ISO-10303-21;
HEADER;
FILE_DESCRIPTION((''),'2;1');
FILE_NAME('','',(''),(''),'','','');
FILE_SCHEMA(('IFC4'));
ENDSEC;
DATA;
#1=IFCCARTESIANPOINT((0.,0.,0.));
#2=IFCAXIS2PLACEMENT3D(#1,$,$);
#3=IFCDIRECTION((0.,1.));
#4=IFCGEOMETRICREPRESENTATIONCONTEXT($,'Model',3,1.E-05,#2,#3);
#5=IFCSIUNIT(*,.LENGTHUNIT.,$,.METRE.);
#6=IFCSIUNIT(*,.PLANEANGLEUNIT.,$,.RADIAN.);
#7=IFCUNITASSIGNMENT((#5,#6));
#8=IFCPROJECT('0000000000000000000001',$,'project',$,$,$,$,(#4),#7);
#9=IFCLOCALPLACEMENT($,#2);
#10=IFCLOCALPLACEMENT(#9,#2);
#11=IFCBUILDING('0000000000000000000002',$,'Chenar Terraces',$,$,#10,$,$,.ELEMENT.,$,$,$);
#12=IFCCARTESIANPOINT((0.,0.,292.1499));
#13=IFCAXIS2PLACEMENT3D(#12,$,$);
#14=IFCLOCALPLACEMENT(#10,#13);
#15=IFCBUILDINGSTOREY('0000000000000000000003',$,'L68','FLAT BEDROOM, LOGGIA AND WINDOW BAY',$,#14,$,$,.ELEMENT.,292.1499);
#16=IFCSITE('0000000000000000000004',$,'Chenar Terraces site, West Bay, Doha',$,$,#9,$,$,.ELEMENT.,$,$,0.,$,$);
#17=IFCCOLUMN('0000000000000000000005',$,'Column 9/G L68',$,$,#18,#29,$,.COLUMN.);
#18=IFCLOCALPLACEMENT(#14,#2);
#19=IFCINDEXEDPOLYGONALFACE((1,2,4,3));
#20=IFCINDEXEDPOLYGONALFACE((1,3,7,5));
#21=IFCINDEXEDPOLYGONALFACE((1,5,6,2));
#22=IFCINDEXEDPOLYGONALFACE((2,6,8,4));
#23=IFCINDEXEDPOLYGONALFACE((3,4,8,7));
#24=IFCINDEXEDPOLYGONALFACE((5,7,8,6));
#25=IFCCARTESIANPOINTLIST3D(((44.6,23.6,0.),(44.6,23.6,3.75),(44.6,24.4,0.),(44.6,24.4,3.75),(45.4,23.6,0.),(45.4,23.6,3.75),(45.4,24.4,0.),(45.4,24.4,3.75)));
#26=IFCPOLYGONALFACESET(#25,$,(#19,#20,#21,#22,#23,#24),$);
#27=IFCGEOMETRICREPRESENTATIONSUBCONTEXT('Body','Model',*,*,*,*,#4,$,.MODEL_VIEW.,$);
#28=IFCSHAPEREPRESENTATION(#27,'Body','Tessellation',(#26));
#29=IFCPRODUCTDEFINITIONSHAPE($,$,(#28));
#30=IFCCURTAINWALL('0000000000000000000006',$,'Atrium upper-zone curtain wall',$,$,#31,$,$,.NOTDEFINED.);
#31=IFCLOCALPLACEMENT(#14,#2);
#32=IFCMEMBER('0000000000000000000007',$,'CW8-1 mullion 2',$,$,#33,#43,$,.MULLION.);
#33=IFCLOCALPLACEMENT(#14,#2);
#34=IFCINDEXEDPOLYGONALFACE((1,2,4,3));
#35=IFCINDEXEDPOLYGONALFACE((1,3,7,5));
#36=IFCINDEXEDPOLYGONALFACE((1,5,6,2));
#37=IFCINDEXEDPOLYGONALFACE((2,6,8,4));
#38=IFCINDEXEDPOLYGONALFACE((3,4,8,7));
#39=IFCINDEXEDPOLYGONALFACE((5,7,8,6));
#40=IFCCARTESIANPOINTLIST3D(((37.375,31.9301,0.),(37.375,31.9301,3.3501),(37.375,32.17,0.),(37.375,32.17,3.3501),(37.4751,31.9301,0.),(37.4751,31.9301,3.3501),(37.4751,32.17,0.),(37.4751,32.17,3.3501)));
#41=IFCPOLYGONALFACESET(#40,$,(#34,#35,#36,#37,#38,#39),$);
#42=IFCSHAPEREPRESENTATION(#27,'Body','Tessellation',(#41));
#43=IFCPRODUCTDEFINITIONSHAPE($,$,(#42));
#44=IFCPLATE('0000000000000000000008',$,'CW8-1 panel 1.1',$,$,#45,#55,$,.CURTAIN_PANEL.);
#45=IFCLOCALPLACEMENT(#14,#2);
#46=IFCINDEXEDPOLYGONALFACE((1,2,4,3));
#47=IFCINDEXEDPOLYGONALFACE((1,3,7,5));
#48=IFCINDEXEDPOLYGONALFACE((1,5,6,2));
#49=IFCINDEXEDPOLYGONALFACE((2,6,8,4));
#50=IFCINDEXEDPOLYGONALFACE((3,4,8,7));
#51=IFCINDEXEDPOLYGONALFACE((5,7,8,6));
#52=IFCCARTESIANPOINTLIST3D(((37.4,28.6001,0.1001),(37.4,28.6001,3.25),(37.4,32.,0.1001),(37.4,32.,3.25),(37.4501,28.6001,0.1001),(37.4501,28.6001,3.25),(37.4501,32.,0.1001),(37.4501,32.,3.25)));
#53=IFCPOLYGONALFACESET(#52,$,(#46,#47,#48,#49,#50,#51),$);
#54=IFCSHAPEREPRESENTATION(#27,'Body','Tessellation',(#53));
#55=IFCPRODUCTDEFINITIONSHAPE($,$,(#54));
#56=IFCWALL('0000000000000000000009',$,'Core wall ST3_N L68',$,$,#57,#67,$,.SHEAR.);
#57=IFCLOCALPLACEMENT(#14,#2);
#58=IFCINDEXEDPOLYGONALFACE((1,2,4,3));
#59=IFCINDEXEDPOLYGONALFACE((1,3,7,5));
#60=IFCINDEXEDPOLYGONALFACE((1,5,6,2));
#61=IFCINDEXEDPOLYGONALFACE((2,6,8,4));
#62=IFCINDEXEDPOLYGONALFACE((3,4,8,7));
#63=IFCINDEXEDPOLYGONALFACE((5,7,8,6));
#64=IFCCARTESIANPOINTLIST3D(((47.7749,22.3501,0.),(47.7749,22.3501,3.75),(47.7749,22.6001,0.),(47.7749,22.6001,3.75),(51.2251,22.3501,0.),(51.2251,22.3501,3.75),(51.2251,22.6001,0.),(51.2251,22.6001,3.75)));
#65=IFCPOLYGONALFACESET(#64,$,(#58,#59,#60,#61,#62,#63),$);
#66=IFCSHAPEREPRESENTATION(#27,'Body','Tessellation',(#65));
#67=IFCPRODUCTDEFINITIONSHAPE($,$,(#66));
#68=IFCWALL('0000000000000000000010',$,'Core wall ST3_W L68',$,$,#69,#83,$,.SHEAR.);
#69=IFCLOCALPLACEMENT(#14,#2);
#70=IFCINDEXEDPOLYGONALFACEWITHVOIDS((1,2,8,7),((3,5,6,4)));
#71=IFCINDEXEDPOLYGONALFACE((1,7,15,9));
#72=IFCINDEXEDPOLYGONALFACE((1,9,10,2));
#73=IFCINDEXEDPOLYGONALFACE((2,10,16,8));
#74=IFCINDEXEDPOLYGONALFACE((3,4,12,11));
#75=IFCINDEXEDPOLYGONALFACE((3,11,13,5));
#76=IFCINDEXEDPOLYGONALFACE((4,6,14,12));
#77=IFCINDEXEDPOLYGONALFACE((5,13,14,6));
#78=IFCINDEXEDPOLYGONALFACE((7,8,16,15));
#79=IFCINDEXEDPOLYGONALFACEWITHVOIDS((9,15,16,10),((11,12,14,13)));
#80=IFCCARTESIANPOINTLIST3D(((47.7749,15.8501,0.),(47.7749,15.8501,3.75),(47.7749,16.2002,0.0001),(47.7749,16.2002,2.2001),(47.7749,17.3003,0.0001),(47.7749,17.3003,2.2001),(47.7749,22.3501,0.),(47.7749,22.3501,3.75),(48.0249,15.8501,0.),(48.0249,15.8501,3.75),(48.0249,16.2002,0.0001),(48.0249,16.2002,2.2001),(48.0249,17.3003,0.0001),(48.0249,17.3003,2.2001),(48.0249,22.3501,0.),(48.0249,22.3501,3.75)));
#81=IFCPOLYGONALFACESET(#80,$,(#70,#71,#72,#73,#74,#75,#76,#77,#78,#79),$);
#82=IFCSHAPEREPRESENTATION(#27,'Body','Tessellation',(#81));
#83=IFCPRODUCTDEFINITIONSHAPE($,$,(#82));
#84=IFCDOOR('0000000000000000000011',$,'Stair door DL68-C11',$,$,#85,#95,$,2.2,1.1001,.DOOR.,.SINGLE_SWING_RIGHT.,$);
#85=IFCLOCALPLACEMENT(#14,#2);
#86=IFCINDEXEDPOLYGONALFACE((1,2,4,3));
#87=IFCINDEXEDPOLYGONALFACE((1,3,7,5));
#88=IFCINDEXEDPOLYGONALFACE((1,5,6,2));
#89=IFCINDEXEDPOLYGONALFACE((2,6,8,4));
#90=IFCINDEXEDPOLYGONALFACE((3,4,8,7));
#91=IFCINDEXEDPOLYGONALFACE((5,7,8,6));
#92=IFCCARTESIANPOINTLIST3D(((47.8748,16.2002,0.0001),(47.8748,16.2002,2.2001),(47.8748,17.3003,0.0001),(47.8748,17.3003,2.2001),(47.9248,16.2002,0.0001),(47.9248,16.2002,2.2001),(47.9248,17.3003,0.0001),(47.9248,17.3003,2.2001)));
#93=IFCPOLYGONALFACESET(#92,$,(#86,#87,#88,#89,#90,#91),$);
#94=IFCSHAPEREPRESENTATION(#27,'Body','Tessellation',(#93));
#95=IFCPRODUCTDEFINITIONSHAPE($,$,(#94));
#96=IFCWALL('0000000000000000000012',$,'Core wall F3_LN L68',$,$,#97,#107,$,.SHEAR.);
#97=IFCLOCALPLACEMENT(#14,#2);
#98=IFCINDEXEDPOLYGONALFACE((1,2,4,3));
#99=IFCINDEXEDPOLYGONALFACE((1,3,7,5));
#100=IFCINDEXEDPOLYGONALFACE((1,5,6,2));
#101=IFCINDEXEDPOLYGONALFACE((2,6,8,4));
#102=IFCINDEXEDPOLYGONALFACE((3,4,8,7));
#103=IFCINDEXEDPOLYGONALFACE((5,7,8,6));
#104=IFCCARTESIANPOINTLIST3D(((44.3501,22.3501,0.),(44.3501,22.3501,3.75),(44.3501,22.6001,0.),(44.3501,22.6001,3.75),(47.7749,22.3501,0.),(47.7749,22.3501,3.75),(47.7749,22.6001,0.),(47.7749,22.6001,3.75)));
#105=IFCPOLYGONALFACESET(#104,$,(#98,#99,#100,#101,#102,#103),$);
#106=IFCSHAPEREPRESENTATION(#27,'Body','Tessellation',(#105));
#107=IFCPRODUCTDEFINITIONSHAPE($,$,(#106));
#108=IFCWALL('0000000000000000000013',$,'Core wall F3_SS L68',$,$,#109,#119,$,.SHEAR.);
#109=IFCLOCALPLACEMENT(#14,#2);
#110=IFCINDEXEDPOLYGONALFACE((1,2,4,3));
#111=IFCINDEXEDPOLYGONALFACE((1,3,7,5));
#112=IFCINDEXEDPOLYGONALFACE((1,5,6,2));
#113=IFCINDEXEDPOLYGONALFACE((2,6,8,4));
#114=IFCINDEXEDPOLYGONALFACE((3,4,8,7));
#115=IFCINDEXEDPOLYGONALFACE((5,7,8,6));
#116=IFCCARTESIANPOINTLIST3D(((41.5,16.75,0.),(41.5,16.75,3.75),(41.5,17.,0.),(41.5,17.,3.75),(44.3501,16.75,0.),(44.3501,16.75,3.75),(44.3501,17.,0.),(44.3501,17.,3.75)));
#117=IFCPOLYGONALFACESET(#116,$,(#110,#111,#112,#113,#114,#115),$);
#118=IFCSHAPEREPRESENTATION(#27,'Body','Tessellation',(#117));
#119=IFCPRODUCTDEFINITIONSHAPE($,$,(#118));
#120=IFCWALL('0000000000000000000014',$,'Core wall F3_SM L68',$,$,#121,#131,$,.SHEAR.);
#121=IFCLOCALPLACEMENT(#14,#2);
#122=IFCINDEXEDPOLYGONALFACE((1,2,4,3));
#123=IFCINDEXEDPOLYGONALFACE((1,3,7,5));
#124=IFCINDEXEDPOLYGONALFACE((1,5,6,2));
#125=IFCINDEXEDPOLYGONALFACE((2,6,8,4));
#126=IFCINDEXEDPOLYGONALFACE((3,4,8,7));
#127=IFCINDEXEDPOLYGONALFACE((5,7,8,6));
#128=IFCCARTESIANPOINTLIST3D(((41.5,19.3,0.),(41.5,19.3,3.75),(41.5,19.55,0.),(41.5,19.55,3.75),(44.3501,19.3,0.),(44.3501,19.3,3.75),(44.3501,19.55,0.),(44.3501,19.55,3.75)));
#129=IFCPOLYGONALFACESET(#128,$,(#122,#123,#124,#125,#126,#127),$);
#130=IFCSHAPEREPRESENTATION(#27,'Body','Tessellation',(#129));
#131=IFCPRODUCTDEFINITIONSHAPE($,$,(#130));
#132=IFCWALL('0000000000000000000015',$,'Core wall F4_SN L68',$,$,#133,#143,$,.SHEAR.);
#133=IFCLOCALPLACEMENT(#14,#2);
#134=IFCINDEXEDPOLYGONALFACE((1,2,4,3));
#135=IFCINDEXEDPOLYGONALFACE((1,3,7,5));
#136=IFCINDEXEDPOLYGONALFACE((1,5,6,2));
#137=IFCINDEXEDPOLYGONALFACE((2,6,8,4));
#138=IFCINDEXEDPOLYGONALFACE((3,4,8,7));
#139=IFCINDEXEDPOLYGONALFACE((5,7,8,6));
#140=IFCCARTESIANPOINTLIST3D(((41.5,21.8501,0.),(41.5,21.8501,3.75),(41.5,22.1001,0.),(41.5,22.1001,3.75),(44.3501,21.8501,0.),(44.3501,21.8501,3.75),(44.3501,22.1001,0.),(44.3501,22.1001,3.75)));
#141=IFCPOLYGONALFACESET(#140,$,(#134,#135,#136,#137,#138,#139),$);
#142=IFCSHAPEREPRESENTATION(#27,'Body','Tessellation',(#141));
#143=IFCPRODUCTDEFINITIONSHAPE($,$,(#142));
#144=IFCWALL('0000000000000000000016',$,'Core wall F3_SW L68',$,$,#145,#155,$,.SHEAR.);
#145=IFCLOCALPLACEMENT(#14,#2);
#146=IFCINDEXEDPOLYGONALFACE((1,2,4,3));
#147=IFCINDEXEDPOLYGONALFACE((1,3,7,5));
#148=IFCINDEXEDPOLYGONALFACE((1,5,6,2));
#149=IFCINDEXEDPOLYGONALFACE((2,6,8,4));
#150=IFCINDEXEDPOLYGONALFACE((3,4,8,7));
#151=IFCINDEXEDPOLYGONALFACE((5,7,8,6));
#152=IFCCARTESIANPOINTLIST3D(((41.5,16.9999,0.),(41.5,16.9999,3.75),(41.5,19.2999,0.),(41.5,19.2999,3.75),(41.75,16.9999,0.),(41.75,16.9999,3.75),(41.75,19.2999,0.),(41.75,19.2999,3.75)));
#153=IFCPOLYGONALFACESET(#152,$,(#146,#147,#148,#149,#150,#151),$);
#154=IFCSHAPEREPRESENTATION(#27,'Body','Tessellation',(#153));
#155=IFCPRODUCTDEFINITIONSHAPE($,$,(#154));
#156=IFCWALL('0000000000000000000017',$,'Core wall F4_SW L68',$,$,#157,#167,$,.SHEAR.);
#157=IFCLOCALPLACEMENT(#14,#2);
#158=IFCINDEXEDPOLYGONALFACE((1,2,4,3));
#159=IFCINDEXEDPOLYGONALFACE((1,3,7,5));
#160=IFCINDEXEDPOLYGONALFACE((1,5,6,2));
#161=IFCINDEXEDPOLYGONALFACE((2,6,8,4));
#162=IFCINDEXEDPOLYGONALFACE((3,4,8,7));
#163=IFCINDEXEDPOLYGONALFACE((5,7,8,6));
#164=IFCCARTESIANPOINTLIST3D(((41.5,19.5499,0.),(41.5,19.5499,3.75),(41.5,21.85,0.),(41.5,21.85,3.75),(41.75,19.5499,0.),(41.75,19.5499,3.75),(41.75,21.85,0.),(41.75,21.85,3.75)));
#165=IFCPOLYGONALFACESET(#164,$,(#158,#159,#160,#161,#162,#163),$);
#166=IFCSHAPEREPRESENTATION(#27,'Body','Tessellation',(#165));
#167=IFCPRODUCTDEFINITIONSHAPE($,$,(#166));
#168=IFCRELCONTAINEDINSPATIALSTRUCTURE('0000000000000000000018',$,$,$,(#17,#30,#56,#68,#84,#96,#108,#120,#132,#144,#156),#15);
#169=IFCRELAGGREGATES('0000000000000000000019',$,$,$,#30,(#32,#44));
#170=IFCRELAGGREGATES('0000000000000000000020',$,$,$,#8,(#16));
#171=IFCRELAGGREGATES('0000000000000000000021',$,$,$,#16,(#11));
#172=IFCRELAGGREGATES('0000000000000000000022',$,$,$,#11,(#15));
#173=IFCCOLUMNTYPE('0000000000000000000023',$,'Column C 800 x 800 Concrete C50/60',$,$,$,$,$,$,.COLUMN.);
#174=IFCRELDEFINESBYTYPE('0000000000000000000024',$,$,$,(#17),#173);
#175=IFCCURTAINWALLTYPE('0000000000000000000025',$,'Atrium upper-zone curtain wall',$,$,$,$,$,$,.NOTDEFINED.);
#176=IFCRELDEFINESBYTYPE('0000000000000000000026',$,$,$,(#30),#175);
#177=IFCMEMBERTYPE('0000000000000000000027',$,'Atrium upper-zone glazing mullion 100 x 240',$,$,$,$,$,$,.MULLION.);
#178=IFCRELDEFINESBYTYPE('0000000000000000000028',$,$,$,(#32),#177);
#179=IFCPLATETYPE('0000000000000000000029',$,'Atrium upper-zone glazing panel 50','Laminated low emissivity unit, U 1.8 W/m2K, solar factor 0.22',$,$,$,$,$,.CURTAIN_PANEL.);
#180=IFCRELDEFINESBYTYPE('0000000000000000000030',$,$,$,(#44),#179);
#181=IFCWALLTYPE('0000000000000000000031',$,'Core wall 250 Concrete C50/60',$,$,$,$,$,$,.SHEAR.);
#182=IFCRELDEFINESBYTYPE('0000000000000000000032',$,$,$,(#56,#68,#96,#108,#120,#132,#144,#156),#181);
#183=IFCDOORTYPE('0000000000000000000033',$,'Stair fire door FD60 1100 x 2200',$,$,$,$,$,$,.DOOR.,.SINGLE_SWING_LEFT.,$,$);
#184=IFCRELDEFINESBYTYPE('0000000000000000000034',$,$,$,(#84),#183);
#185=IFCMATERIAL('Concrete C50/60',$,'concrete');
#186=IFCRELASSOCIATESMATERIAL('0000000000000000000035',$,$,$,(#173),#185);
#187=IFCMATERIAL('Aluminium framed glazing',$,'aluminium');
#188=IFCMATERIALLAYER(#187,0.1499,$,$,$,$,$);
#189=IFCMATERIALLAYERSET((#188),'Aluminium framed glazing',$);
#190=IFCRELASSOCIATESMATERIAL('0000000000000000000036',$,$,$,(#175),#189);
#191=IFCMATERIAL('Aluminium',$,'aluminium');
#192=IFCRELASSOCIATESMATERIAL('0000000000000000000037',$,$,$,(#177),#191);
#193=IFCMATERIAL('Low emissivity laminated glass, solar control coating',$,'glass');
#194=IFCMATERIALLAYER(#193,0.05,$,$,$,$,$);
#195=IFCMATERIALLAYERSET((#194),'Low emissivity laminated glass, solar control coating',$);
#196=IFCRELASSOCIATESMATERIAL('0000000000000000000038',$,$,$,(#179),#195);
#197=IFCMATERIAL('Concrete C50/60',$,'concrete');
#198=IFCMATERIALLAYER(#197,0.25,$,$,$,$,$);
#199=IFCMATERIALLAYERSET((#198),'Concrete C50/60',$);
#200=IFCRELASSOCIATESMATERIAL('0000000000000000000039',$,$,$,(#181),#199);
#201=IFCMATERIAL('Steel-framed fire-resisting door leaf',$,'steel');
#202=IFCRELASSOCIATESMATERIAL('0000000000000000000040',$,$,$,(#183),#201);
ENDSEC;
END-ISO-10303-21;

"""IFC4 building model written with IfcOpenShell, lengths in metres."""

from ifc_helpers import new_model, si_unit, direction, frame, frame_2d, origin, origin_2d, place, context, subcontext, project, spatial, rectangle, extrude, material, layer, layer_set, material_profile, profile_set, type_object, element, fill, aggregate, save


model = new_model("IFC4")

# Units and contexts
model_context = context("Model", 3, precision=1e-05, world=origin(), true_north=direction((0.0, 1.0)))
body_context = subcontext(model_context, "Body", "Model", "MODEL_VIEW")
ifc_project = project(units=[si_unit("LENGTHUNIT", "METRE"), si_unit("PLANEANGLEUNIT", "RADIAN")], contexts=[model_context])

# Site, building, storey
site_placement = place(None, origin())
site = spatial("IfcSite", under=ifc_project, at=site_placement, Name="Chenar Terraces site, West Bay, Doha", CompositionType="ELEMENT", RefElevation=0.0)
building_placement = place(site_placement, origin())
building = spatial("IfcBuilding", under=site, at=building_placement, Name="Chenar Terraces", CompositionType="ELEMENT")
storey_placement = place(building_placement, frame((0.0, 0.0, 292.1499)))
storey = spatial("IfcBuildingStorey", under=building, at=storey_placement, Name="L68", Description="FLAT BEDROOM, LOGGIA AND WINDOW BAY", CompositionType="ELEMENT", Elevation=292.1499)

# Column
ifc_material_1 = material(Name="Concrete C50/60", Category="concrete")
ifc_material_profile_1 = material_profile(ifc_material_1, rectangle(XDim=0.8, YDim=0.8, at=origin_2d()), Name="C 800 x 800")
ifc_profile_set_1 = profile_set([ifc_material_profile_1], Name="Concrete C50/60")
column_type = type_object("IfcColumnType", Name="Column C 800 x 800 Concrete C50/60", PredefinedType="COLUMN", material=ifc_profile_set_1)
column_placement = place(storey_placement, frame((45.0, 24.0, 0.0), z_axis=(0.0, 0.0, 1.0), x_axis=(1.0, 0.0, 0.0)))
element("IfcColumn", 1, at=column_placement, inside=storey, type_object=column_type, Name="Column 9/G L68", PredefinedType="COLUMN", context=body_context, shape_type="SweptSolid", body=[
    extrude(rectangle(XDim=0.8, YDim=0.8, at=origin_2d()), origin(), (0.0, 0.0, 1.0), 3.75),
])

# Curtain wall, member, plate
ifc_material_2 = material(Name="Aluminium framed glazing", Category="aluminium")
ifc_layer_1 = layer(ifc_material_2, 0.1499)
ifc_layer_set_1 = layer_set([ifc_layer_1], Name="Aluminium framed glazing")
curtain_wall_type = type_object("IfcCurtainWallType", Name="Atrium upper-zone curtain wall", PredefinedType="NOTDEFINED", material=ifc_layer_set_1)
curtain_wall_placement = place(storey_placement, origin())
curtain_wall = element("IfcCurtainWall", 2, at=curtain_wall_placement, inside=storey, type_object=curtain_wall_type, Name="Atrium upper-zone curtain wall", PredefinedType="NOTDEFINED")
ifc_material_3 = material(Name="Aluminium", Category="aluminium")
ifc_material_profile_2 = material_profile(ifc_material_3, rectangle(XDim=0.1001, YDim=0.24, at=origin_2d()), Name="Atrium upper-zone glazing mullion 100 x 240")
ifc_profile_set_2 = profile_set([ifc_material_profile_2], Name="Aluminium")
member_type = type_object("IfcMemberType", Name="Atrium upper-zone glazing mullion 100 x 240", PredefinedType="MULLION", material=ifc_profile_set_2)
member_placement = place(storey_placement, frame((37.425, 32.05, 0.0), z_axis=(0.0, 0.0, 1.0), x_axis=(-1.0, 0.0, 0.0)))
member = element("IfcMember", 3, at=member_placement, type_object=member_type, Name="CW8-1 mullion 2", PredefinedType="MULLION", context=body_context, shape_type="SweptSolid", body=[
    extrude(rectangle(XDim=0.1001, YDim=0.24, at=origin_2d()), origin(), (0.0, 0.0, 1.0), 3.3501),
])
ifc_material_4 = material(Name="Low emissivity laminated glass, solar control coating", Category="glass")
ifc_layer_2 = layer(ifc_material_4, 0.05)
ifc_layer_set_2 = layer_set([ifc_layer_2], Name="Low emissivity laminated glass, solar control coating")
plate_type = type_object("IfcPlateType", Name="Atrium upper-zone glazing panel 50", Description="Laminated low emissivity unit, U 1.8 W/m2K, solar factor 0.22", PredefinedType="CURTAIN_PANEL", material=ifc_layer_set_2)
plate_placement = place(storey_placement, frame((37.425, 30.3, 0.1001), z_axis=(0.0, 0.0, 1.0), x_axis=(0.0, 1.0, 0.0)))
plate = element("IfcPlate", 4, at=plate_placement, type_object=plate_type, Name="CW8-1 panel 1.1", PredefinedType="CURTAIN_PANEL", context=body_context, shape_type="SweptSolid", body=[
    extrude(rectangle(XDim=3.3999, YDim=0.05, at=origin_2d()), origin(), (0.0, 0.0, 1.0), 3.1499),
])
aggregate(curtain_wall, [member, plate])

# Wall
ifc_material_5 = material(Name="Concrete C50/60", Category="concrete")
ifc_layer_3 = layer(ifc_material_5, 0.25)
ifc_layer_set_3 = layer_set([ifc_layer_3], Name="Concrete C50/60")
wall_type_1 = type_object("IfcWallType", Name="Core wall 250 Concrete C50/60", PredefinedType="SHEAR", material=ifc_layer_set_3)
wall_1_placement = place(storey_placement, frame((47.7749, 22.4751, 0.0), z_axis=(0.0, 0.0, 1.0), x_axis=(1.0, 0.0, 0.0)))
element("IfcWall", 5, at=wall_1_placement, inside=storey, type_object=wall_type_1, Name="Core wall ST3_N L68", PredefinedType="SHEAR", context=body_context, shape_type="SweptSolid", body=[
    extrude(rectangle(XDim=3.4502, YDim=0.25, at=frame_2d((1.7251, 0.0))), origin(), (0.0, 0.0, 1.0), 3.75),
])

# Wall, opening, door
wall_2_placement = place(storey_placement, frame((47.8999, 15.8501, 0.0), z_axis=(0.0, 0.0, 1.0), x_axis=(0.0, 1.0, 0.0)))
wall_2 = element("IfcWall", 6, at=wall_2_placement, inside=storey, type_object=wall_type_1, Name="Core wall ST3_W L68", PredefinedType="SHEAR", context=body_context, shape_type="SweptSolid", body=[
    extrude(rectangle(XDim=6.5, YDim=0.25, at=frame_2d((3.25, 0.0))), origin(), (0.0, 0.0, 1.0), 3.75),
])
opening_1_placement = place(wall_2_placement, frame((0.3501, 0.0, 0.0)))
opening_1 = element("IfcOpeningElement", 7, at=opening_1_placement, cuts=wall_2, PredefinedType="OPENING", context=body_context, shape_type="SweptSolid", body=[
    extrude(rectangle(XDim=1.1001, YDim=2.2, at=frame_2d((0.55, 1.1001))), frame((0.0, 0.135, 0.0), z_axis=(0.0, -1.0, 0.0), x_axis=(1.0, 0.0, 0.0)), (0.0, 0.0, 1.0), 0.27),
])
ifc_material_6 = material(Name="Steel-framed fire-resisting door leaf", Category="steel")
door_type = type_object("IfcDoorType", Name="Stair fire door FD60 1100 x 2200", OperationType="SINGLE_SWING_LEFT", PredefinedType="DOOR", material=ifc_material_6)
door_placement = place(opening_1_placement, frame((1.1001, 0.0, 0.0), z_axis=(0.0, 0.0, 1.0), x_axis=(-1.0, 0.0, 0.0)))
door = element("IfcDoor", 8, at=door_placement, inside=storey, type_object=door_type, Name="Stair door DL68-C11", OperationType="SINGLE_SWING_RIGHT", OverallHeight=2.2, OverallWidth=1.1001, PredefinedType="DOOR", context=body_context, shape_type="SweptSolid", body=[
    extrude(rectangle(XDim=1.1001, YDim=2.2, at=frame_2d((0.55, 1.1001))), frame((0.0, 0.0249, 0.0), z_axis=(0.0, -1.0, 0.0), x_axis=(1.0, 0.0, 0.0)), (0.0, 0.0, 1.0), 0.05),
])
fill(opening_1, door)

# Walls
wall_3_placement = place(storey_placement, frame((44.3501, 22.4751, 0.0), z_axis=(0.0, 0.0, 1.0), x_axis=(1.0, 0.0, 0.0)))
element("IfcWall", 9, at=wall_3_placement, inside=storey, type_object=wall_type_1, Name="Core wall F3_LN L68", PredefinedType="SHEAR", context=body_context, shape_type="SweptSolid", body=[
    extrude(rectangle(XDim=3.4248, YDim=0.25, at=frame_2d((1.7124, 0.0))), origin(), (0.0, 0.0, 1.0), 3.75),
])
for number, where, z_axis, x_axis, name in (
    (10, (41.5, 16.875, 0.0), (0.0, 0.0, 1.0), (1.0, 0.0, 0.0), "Core wall F3_SS L68"),
    (11, (41.5, 19.425, 0.0), (0.0, 0.0, 1.0), (1.0, 0.0, 0.0), "Core wall F3_SM L68"),
    (12, (41.5, 21.9751, 0.0), (0.0, 0.0, 1.0), (1.0, 0.0, 0.0), "Core wall F4_SN L68"),
):
    element("IfcWall", number, at=place(storey_placement, frame(where, z_axis=z_axis, x_axis=x_axis)), inside=storey, type_object=wall_type_1, Name=name, PredefinedType="SHEAR", context=body_context, shape_type="SweptSolid", body=[
        extrude(rectangle(XDim=2.8501, YDim=0.25, at=frame_2d((1.425, 0.0))), origin(), (0.0, 0.0, 1.0), 3.75),
    ])
for number, where, z_axis, x_axis, name in (
    (13, (41.625, 17.0, 0.0), (0.0, 0.0, 1.0), (0.0, 1.0, 0.0), "Core wall F3_SW L68"),
    (14, (41.625, 19.55, 0.0), (0.0, 0.0, 1.0), (0.0, 1.0, 0.0), "Core wall F4_SW L68"),
):
    element("IfcWall", number, at=place(storey_placement, frame(where, z_axis=z_axis, x_axis=x_axis)), inside=storey, type_object=wall_type_1, Name=name, PredefinedType="SHEAR", context=body_context, shape_type="SweptSolid", body=[
        extrude(rectangle(XDim=2.3, YDim=0.25, at=frame_2d((1.1499, 0.0))), origin(), (0.0, 0.0, 1.0), 3.75),
    ])

save(model, "model.ifc")
